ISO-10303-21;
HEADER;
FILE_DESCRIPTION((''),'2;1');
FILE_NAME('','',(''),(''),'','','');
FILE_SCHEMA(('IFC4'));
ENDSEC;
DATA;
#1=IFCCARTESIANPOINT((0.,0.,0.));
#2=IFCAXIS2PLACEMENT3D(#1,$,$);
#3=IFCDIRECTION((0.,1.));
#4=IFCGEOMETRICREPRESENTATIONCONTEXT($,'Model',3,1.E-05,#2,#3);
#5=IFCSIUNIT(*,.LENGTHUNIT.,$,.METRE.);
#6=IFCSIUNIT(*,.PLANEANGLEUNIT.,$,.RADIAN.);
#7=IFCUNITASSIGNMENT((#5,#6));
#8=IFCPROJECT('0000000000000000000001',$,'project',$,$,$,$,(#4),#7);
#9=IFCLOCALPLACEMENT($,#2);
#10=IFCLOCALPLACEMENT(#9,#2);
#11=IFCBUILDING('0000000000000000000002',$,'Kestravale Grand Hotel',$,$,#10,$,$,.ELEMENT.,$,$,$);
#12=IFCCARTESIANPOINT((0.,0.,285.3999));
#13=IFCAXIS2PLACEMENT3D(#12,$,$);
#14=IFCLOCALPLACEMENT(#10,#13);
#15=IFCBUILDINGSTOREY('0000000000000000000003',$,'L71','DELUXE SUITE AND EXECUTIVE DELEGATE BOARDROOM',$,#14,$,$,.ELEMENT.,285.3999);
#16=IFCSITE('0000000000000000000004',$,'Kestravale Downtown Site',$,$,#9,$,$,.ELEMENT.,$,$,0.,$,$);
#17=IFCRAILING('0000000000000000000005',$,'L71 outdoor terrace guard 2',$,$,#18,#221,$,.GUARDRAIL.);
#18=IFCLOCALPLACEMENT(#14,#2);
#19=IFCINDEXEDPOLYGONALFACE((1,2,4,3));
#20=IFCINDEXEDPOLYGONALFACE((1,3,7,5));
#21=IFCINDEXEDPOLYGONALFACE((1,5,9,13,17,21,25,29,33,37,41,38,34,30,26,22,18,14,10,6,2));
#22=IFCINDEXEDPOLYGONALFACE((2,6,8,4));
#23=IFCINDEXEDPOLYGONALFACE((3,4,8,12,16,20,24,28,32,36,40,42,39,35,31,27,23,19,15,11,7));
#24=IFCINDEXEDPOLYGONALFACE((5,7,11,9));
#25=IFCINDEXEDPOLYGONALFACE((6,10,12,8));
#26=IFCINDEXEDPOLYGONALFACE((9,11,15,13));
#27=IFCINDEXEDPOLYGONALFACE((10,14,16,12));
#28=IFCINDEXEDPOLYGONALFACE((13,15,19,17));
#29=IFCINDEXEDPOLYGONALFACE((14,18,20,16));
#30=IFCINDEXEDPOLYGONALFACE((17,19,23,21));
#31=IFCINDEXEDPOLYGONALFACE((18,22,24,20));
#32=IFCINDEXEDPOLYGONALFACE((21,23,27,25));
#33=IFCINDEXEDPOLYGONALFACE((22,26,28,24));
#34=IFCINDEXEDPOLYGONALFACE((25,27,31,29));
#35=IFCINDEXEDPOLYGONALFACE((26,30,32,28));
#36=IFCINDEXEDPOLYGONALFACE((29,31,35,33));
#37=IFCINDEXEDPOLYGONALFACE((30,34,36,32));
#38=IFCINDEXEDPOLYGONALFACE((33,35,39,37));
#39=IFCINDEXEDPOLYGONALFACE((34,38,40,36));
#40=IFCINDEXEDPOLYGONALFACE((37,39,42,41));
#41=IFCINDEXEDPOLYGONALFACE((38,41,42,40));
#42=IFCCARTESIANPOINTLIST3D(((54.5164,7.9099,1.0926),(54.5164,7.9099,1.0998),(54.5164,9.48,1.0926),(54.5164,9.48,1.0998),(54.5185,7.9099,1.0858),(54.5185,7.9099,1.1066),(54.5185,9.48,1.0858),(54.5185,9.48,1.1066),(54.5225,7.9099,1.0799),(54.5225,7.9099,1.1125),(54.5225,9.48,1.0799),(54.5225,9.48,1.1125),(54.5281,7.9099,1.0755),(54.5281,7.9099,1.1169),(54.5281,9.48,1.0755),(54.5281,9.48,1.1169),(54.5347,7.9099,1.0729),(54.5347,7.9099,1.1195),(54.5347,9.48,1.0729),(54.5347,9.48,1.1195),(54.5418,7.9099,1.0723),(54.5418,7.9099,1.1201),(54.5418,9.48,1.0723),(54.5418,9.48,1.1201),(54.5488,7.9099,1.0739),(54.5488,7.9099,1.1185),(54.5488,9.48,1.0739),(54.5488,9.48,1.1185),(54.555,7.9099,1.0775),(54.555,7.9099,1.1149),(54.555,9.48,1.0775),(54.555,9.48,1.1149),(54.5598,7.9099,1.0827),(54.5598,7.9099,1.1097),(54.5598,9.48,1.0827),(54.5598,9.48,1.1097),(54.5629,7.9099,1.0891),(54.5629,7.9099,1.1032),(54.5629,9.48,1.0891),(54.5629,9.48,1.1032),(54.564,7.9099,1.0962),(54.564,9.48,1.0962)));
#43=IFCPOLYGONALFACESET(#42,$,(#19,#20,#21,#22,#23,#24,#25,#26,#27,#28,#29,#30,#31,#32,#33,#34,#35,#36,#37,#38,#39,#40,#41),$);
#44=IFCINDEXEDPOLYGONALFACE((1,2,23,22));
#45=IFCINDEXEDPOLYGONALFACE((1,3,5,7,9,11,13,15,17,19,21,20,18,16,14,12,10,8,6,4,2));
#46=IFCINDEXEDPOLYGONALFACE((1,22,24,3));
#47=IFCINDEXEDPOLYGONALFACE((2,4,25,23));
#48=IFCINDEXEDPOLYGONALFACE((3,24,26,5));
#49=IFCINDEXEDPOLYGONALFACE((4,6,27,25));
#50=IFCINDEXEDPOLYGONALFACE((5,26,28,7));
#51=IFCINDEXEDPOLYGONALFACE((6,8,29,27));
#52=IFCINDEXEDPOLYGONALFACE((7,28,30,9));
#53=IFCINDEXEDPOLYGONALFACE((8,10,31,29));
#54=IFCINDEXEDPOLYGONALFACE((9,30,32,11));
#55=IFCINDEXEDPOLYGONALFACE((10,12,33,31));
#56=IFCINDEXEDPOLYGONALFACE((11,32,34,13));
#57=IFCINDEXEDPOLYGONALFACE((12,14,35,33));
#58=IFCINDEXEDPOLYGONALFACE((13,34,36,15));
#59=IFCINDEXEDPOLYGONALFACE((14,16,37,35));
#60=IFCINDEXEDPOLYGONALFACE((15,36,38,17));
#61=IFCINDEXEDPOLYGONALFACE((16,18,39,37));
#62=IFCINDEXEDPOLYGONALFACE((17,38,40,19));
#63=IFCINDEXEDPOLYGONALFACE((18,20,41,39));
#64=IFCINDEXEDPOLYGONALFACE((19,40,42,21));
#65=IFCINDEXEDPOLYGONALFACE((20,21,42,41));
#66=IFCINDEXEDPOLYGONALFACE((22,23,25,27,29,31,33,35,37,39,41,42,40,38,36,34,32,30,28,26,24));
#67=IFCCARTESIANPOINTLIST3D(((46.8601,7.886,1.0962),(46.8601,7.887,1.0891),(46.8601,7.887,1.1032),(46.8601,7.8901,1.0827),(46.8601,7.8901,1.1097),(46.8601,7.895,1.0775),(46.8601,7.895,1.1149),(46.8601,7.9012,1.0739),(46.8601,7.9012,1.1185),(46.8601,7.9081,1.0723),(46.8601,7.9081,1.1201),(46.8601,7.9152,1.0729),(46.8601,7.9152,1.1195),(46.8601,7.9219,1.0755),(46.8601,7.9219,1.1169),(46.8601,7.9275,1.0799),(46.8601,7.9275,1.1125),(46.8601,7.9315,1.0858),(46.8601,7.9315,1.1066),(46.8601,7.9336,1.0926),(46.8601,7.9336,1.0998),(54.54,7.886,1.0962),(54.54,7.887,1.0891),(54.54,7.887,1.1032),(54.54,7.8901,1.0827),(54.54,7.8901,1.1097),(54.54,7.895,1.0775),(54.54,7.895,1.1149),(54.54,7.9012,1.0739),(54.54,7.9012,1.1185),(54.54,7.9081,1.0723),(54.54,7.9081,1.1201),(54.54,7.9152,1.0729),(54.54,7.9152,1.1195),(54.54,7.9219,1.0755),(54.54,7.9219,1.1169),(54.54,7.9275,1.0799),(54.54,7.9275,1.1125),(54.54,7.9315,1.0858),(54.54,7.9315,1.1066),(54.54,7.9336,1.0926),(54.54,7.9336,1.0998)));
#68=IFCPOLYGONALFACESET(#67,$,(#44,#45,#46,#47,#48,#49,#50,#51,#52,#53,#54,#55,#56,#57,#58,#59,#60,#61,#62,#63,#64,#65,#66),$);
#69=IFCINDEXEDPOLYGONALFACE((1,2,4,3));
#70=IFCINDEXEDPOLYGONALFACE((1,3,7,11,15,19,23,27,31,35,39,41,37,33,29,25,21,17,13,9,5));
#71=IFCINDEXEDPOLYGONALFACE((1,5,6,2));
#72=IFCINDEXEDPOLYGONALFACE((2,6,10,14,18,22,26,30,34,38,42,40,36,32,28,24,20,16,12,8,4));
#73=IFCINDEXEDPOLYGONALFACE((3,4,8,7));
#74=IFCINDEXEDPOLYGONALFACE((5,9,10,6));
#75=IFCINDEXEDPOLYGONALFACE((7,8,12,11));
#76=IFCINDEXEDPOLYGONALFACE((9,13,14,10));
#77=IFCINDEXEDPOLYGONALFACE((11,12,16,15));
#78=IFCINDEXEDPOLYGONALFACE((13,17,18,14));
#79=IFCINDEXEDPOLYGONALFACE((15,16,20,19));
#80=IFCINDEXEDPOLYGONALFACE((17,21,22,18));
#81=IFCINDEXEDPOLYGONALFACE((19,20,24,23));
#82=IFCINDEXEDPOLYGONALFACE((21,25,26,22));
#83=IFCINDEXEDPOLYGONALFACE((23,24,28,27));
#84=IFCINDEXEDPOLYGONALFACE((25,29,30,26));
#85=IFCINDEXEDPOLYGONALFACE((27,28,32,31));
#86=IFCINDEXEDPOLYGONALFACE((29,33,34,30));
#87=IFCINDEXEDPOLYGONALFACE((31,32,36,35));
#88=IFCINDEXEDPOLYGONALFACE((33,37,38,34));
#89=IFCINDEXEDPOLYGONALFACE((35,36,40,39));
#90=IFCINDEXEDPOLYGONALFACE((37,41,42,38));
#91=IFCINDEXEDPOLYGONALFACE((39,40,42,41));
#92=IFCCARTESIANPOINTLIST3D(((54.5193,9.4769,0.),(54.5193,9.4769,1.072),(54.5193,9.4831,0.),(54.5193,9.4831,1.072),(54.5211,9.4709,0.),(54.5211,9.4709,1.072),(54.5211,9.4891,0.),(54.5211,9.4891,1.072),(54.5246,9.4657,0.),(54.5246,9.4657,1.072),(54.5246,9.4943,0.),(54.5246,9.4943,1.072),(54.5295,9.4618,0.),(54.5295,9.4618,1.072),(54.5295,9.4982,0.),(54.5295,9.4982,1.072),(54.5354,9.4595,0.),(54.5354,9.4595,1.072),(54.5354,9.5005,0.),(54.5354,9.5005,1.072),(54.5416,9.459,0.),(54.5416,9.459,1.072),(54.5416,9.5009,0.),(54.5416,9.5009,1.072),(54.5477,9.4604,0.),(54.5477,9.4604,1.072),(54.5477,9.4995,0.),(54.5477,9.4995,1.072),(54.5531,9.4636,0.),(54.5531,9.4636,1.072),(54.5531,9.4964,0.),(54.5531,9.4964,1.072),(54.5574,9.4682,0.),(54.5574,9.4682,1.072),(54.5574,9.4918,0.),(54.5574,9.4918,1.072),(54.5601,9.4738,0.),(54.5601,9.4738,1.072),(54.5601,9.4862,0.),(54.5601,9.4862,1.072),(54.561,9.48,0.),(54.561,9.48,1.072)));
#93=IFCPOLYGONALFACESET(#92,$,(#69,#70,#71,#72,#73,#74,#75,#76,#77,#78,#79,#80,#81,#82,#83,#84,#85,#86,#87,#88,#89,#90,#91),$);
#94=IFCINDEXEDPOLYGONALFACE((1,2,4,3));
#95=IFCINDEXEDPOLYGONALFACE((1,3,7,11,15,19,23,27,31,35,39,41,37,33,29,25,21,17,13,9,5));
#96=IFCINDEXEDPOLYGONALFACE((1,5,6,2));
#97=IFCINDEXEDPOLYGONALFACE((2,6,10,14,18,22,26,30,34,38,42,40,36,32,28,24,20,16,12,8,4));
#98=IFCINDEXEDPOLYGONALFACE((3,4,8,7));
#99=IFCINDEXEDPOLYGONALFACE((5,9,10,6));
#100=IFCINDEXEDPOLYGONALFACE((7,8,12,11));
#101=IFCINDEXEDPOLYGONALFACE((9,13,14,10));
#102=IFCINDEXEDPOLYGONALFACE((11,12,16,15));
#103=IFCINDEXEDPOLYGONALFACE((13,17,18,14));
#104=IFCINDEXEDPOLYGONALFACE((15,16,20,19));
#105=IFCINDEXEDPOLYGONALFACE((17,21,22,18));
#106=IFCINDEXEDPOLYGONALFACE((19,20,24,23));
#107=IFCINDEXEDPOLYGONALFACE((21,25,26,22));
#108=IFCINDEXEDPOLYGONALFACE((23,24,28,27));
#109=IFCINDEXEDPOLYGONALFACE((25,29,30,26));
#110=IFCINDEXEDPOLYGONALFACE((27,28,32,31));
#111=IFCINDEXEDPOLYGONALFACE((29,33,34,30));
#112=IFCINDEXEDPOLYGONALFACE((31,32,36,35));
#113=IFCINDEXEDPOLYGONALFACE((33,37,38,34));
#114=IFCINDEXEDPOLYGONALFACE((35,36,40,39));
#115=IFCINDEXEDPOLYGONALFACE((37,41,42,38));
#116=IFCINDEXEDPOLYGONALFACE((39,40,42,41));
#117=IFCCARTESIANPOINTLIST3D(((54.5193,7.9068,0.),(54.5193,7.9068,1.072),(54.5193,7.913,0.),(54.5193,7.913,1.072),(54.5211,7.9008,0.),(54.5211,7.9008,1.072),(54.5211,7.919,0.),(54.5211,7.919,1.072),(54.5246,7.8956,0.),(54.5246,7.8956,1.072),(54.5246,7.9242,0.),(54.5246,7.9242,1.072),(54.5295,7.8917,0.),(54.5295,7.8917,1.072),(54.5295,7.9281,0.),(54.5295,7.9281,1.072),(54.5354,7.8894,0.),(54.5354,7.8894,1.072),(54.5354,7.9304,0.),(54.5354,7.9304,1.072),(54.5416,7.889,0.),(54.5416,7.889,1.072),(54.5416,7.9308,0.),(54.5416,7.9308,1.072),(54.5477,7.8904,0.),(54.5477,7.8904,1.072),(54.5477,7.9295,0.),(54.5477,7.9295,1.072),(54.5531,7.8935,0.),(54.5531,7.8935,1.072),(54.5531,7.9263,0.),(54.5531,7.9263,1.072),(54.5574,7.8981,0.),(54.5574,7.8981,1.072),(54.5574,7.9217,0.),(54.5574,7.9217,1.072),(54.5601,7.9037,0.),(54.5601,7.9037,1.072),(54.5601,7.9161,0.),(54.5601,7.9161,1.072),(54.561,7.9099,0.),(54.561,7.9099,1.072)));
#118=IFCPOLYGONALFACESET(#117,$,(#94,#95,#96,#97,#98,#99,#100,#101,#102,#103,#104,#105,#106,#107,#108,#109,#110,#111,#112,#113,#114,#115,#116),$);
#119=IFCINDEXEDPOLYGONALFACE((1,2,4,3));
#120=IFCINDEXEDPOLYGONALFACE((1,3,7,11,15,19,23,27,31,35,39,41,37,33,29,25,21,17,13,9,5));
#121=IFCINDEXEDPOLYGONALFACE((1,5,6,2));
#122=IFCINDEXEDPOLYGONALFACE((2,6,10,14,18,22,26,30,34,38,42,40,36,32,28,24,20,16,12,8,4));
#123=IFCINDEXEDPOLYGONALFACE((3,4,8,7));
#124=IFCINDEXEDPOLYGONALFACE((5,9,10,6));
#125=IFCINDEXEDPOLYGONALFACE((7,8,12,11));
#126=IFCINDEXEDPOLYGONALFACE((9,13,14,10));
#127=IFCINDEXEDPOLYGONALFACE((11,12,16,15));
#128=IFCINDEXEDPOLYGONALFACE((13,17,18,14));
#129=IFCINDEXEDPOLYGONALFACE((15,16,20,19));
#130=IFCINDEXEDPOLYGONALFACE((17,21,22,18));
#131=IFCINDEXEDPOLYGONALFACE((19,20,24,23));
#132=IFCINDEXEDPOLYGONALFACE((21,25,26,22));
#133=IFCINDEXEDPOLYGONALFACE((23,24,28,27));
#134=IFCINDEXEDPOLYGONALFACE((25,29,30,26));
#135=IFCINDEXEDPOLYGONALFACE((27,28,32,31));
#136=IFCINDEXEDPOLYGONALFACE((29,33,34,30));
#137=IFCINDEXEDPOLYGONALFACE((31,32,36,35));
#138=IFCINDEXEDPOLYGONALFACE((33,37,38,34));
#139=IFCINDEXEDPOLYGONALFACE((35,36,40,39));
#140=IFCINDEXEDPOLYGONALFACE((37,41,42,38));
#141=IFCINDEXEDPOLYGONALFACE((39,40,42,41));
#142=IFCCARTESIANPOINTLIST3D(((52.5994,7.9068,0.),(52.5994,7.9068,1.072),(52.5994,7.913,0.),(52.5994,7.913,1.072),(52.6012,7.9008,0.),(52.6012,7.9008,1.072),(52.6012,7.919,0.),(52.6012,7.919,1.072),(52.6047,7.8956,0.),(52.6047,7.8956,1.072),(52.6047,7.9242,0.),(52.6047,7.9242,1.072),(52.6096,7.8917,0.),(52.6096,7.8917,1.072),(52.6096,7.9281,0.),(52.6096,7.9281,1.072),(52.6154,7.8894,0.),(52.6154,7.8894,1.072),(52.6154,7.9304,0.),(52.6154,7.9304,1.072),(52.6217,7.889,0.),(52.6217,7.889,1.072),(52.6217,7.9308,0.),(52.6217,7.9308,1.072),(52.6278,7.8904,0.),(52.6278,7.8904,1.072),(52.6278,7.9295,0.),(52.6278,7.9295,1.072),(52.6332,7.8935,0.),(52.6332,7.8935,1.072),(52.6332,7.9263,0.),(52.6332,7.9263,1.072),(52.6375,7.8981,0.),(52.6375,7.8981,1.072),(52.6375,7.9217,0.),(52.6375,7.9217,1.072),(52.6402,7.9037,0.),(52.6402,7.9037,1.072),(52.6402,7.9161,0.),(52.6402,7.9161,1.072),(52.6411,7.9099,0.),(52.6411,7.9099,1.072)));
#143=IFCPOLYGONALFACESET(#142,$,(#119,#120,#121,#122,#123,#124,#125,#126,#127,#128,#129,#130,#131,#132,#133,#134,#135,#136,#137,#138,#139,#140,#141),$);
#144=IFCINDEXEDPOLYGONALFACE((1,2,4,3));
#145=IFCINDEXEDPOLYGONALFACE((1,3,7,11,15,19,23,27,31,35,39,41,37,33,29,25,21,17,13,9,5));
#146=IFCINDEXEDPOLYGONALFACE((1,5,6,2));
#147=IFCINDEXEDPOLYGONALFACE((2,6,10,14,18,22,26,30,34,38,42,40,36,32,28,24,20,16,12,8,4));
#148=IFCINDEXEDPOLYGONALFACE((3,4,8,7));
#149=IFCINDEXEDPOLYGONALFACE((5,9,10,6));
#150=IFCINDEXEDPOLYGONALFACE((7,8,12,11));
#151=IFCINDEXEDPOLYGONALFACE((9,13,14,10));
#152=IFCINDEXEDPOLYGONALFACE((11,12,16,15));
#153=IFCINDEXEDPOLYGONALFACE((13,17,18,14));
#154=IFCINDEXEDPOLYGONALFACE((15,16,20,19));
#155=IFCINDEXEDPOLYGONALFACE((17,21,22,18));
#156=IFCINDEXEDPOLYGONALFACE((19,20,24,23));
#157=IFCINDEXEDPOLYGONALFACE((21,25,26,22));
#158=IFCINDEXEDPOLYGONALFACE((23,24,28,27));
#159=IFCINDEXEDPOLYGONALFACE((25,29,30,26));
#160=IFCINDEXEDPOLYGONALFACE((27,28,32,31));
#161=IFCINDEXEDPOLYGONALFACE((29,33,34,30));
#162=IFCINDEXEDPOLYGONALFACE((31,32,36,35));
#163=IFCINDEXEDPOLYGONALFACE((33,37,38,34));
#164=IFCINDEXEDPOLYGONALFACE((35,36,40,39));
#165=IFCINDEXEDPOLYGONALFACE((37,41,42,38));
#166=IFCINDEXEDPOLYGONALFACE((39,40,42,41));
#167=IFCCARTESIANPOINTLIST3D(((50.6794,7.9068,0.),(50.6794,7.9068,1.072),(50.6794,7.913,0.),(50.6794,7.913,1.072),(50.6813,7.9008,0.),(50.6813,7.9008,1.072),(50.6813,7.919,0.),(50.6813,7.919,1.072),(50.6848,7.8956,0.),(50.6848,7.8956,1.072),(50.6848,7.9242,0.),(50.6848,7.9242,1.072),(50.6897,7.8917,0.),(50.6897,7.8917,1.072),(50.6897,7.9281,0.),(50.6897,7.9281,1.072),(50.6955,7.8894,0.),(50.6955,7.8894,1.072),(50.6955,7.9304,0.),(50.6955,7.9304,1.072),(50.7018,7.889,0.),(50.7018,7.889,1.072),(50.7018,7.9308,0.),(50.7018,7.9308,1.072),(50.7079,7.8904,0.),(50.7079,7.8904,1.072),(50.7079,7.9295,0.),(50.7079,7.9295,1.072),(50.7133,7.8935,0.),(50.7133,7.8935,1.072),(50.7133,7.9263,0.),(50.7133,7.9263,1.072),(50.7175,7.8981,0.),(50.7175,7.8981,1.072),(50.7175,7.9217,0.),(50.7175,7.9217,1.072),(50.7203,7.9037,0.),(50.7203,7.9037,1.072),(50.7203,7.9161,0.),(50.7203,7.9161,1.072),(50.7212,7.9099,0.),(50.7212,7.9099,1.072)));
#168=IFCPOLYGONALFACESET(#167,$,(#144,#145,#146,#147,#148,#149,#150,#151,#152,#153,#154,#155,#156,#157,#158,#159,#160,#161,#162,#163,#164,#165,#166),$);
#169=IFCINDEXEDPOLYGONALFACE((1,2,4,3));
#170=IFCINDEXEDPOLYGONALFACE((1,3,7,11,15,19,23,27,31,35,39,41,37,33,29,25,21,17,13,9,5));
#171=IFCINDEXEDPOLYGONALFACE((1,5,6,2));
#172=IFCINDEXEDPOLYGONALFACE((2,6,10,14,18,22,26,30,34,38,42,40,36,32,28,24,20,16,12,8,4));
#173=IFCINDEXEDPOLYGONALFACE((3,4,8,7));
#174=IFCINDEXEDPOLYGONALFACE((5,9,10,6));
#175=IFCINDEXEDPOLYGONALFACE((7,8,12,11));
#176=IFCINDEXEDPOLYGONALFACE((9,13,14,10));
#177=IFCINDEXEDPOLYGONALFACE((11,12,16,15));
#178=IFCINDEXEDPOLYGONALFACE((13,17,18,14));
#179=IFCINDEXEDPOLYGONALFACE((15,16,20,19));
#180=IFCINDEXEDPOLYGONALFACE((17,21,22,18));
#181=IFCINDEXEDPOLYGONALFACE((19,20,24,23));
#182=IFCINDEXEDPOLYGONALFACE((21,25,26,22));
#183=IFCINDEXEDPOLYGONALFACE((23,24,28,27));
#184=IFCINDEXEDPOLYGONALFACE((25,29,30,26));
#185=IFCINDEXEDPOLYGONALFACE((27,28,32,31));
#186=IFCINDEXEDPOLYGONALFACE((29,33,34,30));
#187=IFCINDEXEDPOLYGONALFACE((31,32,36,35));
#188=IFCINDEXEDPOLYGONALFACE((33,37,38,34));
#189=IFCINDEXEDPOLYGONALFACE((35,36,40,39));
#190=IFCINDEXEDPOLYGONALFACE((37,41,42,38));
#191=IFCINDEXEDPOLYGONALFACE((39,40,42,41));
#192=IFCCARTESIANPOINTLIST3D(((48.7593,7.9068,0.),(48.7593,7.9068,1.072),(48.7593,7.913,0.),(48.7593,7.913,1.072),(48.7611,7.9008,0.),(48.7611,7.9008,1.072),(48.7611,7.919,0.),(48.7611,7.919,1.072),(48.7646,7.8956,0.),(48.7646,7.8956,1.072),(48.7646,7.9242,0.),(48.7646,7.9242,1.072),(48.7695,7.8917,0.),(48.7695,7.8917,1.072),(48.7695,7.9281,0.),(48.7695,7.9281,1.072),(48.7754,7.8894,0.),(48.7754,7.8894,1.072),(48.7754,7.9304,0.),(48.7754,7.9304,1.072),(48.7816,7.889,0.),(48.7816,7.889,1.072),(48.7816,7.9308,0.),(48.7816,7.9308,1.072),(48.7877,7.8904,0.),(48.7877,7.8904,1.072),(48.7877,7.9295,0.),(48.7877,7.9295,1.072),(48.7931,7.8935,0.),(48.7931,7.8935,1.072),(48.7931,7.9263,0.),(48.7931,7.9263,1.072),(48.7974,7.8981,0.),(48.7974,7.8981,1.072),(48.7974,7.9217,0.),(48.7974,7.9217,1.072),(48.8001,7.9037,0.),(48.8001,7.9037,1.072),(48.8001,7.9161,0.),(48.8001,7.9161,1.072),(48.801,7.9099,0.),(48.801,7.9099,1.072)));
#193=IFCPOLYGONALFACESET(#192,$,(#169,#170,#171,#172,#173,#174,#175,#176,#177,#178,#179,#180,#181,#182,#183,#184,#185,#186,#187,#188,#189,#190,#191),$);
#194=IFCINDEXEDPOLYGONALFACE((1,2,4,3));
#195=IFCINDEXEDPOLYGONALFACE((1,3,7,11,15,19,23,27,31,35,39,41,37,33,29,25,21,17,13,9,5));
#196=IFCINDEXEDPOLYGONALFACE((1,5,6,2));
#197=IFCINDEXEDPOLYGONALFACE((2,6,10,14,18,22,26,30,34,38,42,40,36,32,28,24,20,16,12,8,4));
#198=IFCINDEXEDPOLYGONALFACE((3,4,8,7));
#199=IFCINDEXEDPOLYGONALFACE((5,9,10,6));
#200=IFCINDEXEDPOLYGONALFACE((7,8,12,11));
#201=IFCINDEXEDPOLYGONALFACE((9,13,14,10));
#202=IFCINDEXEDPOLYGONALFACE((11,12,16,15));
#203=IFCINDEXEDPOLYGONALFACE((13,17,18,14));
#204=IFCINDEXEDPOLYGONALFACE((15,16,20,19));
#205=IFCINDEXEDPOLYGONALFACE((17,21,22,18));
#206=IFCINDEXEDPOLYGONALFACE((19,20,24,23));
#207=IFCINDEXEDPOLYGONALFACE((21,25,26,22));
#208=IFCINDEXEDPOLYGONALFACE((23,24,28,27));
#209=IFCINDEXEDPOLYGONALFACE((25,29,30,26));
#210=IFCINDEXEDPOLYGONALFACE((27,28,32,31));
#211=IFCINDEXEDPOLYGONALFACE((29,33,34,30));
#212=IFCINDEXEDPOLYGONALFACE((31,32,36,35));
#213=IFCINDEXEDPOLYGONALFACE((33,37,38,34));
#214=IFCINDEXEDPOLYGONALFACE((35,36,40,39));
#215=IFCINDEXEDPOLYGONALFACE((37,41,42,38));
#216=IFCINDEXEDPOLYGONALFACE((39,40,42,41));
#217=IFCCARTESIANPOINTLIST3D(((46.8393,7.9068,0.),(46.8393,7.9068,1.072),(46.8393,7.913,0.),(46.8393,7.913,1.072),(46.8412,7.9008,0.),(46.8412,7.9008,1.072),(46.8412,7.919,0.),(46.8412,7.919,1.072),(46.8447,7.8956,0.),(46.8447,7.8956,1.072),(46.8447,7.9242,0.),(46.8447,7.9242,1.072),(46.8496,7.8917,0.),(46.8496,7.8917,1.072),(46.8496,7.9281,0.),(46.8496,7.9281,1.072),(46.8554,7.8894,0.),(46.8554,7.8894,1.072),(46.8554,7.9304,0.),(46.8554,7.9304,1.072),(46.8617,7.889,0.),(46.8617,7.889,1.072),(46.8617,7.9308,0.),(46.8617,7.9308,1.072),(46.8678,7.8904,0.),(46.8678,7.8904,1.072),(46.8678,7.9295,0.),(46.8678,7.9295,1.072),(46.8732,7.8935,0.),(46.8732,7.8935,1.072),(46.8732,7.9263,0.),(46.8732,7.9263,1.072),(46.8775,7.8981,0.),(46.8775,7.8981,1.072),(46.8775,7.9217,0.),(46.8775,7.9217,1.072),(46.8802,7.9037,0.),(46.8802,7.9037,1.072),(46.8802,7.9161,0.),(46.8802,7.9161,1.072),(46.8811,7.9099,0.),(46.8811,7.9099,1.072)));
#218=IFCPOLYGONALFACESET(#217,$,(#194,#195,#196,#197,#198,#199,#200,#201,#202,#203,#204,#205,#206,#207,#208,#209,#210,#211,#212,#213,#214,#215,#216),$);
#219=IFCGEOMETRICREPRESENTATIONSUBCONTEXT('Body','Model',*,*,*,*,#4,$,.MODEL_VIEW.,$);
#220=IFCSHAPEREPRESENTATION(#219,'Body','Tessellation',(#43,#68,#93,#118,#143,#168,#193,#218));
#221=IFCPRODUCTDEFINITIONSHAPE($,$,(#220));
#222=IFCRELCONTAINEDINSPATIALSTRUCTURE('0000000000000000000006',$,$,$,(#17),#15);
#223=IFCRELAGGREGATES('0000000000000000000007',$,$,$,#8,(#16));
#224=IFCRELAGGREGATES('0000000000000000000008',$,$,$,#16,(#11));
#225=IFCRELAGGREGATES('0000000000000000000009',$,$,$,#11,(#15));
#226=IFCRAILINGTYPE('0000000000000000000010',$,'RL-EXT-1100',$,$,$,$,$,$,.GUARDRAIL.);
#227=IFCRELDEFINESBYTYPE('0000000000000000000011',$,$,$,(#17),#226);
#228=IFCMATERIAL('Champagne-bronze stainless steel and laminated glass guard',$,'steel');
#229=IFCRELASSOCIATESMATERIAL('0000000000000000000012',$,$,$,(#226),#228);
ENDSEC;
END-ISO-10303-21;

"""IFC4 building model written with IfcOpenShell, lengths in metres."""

from ifc_helpers import new_model, si_unit, direction, frame, origin, origin_2d, place, context, subcontext, project, spatial, circle, extrude, material, type_object, element, save


model = new_model("IFC4")

# Units and contexts
model_context = context("Model", 3, precision=1e-05, world=origin(), true_north=direction((0.0, 1.0)))
body_context = subcontext(model_context, "Body", "Model", "MODEL_VIEW")
ifc_project = project(units=[si_unit("LENGTHUNIT", "METRE"), si_unit("PLANEANGLEUNIT", "RADIAN")], contexts=[model_context])

# Site, building, storey
site_placement = place(None, origin())
site = spatial("IfcSite", under=ifc_project, at=site_placement, Name="Kestravale Downtown Site", CompositionType="ELEMENT", RefElevation=0.0)
building_placement = place(site_placement, origin())
building = spatial("IfcBuilding", under=site, at=building_placement, Name="Kestravale Grand Hotel", CompositionType="ELEMENT")
storey_placement = place(building_placement, frame((0.0, 0.0, 285.3999)))
storey = spatial("IfcBuildingStorey", under=building, at=storey_placement, Name="L71", Description="DELUXE SUITE AND EXECUTIVE DELEGATE BOARDROOM", CompositionType="ELEMENT", Elevation=285.3999)

# Railing
ifc_material_1 = material(Name="Champagne-bronze stainless steel and laminated glass guard", Category="steel")
railing_type = type_object("IfcRailingType", Name="RL-EXT-1100", PredefinedType="GUARDRAIL", material=ifc_material_1)
railing_1_placement = place(storey_placement, frame((54.54, 9.48, 0.0)))
element("IfcRailing", 1, at=railing_1_placement, inside=storey, type_object=railing_type, Name="L71 outdoor terrace guard 2", PredefinedType="GUARDRAIL", context=body_context, shape_type="SweptSolid", body=[
    extrude(circle(Radius=0.0239, at=origin_2d()), frame((0.0, 0.0, 1.0962), z_axis=(0.0, -1.0, 0.0), x_axis=(1.0, 0.0, 0.0)), (0.0, 0.0, 1.0), 1.5701),
    extrude(circle(Radius=0.0239, at=origin_2d()), frame((0.0, -1.5701, 1.0962), z_axis=(-1.0, 0.0, 0.0), x_axis=(0.0, -1.0, 0.0)), (0.0, 0.0, 1.0), 7.6799),
    extrude(circle(Radius=0.021, at=origin_2d()), origin(), (0.0, 0.0, 1.0), 1.072),
    extrude(circle(Radius=0.021, at=origin_2d()), frame((0.0, -1.5701, 0.0)), (0.0, 0.0, 1.0), 1.072),
    extrude(circle(Radius=0.021, at=origin_2d()), frame((-1.9199, -1.5701, 0.0)), (0.0, 0.0, 1.0), 1.072),
    extrude(circle(Radius=0.021, at=origin_2d()), frame((-3.8398, -1.5701, 0.0)), (0.0, 0.0, 1.0), 1.072),
    extrude(circle(Radius=0.021, at=origin_2d()), frame((-5.76, -1.5701, 0.0)), (0.0, 0.0, 1.0), 1.072),
    extrude(circle(Radius=0.021, at=origin_2d()), frame((-7.6799, -1.5701, 0.0)), (0.0, 0.0, 1.0), 1.072),
])

save(model, "model.ifc")
